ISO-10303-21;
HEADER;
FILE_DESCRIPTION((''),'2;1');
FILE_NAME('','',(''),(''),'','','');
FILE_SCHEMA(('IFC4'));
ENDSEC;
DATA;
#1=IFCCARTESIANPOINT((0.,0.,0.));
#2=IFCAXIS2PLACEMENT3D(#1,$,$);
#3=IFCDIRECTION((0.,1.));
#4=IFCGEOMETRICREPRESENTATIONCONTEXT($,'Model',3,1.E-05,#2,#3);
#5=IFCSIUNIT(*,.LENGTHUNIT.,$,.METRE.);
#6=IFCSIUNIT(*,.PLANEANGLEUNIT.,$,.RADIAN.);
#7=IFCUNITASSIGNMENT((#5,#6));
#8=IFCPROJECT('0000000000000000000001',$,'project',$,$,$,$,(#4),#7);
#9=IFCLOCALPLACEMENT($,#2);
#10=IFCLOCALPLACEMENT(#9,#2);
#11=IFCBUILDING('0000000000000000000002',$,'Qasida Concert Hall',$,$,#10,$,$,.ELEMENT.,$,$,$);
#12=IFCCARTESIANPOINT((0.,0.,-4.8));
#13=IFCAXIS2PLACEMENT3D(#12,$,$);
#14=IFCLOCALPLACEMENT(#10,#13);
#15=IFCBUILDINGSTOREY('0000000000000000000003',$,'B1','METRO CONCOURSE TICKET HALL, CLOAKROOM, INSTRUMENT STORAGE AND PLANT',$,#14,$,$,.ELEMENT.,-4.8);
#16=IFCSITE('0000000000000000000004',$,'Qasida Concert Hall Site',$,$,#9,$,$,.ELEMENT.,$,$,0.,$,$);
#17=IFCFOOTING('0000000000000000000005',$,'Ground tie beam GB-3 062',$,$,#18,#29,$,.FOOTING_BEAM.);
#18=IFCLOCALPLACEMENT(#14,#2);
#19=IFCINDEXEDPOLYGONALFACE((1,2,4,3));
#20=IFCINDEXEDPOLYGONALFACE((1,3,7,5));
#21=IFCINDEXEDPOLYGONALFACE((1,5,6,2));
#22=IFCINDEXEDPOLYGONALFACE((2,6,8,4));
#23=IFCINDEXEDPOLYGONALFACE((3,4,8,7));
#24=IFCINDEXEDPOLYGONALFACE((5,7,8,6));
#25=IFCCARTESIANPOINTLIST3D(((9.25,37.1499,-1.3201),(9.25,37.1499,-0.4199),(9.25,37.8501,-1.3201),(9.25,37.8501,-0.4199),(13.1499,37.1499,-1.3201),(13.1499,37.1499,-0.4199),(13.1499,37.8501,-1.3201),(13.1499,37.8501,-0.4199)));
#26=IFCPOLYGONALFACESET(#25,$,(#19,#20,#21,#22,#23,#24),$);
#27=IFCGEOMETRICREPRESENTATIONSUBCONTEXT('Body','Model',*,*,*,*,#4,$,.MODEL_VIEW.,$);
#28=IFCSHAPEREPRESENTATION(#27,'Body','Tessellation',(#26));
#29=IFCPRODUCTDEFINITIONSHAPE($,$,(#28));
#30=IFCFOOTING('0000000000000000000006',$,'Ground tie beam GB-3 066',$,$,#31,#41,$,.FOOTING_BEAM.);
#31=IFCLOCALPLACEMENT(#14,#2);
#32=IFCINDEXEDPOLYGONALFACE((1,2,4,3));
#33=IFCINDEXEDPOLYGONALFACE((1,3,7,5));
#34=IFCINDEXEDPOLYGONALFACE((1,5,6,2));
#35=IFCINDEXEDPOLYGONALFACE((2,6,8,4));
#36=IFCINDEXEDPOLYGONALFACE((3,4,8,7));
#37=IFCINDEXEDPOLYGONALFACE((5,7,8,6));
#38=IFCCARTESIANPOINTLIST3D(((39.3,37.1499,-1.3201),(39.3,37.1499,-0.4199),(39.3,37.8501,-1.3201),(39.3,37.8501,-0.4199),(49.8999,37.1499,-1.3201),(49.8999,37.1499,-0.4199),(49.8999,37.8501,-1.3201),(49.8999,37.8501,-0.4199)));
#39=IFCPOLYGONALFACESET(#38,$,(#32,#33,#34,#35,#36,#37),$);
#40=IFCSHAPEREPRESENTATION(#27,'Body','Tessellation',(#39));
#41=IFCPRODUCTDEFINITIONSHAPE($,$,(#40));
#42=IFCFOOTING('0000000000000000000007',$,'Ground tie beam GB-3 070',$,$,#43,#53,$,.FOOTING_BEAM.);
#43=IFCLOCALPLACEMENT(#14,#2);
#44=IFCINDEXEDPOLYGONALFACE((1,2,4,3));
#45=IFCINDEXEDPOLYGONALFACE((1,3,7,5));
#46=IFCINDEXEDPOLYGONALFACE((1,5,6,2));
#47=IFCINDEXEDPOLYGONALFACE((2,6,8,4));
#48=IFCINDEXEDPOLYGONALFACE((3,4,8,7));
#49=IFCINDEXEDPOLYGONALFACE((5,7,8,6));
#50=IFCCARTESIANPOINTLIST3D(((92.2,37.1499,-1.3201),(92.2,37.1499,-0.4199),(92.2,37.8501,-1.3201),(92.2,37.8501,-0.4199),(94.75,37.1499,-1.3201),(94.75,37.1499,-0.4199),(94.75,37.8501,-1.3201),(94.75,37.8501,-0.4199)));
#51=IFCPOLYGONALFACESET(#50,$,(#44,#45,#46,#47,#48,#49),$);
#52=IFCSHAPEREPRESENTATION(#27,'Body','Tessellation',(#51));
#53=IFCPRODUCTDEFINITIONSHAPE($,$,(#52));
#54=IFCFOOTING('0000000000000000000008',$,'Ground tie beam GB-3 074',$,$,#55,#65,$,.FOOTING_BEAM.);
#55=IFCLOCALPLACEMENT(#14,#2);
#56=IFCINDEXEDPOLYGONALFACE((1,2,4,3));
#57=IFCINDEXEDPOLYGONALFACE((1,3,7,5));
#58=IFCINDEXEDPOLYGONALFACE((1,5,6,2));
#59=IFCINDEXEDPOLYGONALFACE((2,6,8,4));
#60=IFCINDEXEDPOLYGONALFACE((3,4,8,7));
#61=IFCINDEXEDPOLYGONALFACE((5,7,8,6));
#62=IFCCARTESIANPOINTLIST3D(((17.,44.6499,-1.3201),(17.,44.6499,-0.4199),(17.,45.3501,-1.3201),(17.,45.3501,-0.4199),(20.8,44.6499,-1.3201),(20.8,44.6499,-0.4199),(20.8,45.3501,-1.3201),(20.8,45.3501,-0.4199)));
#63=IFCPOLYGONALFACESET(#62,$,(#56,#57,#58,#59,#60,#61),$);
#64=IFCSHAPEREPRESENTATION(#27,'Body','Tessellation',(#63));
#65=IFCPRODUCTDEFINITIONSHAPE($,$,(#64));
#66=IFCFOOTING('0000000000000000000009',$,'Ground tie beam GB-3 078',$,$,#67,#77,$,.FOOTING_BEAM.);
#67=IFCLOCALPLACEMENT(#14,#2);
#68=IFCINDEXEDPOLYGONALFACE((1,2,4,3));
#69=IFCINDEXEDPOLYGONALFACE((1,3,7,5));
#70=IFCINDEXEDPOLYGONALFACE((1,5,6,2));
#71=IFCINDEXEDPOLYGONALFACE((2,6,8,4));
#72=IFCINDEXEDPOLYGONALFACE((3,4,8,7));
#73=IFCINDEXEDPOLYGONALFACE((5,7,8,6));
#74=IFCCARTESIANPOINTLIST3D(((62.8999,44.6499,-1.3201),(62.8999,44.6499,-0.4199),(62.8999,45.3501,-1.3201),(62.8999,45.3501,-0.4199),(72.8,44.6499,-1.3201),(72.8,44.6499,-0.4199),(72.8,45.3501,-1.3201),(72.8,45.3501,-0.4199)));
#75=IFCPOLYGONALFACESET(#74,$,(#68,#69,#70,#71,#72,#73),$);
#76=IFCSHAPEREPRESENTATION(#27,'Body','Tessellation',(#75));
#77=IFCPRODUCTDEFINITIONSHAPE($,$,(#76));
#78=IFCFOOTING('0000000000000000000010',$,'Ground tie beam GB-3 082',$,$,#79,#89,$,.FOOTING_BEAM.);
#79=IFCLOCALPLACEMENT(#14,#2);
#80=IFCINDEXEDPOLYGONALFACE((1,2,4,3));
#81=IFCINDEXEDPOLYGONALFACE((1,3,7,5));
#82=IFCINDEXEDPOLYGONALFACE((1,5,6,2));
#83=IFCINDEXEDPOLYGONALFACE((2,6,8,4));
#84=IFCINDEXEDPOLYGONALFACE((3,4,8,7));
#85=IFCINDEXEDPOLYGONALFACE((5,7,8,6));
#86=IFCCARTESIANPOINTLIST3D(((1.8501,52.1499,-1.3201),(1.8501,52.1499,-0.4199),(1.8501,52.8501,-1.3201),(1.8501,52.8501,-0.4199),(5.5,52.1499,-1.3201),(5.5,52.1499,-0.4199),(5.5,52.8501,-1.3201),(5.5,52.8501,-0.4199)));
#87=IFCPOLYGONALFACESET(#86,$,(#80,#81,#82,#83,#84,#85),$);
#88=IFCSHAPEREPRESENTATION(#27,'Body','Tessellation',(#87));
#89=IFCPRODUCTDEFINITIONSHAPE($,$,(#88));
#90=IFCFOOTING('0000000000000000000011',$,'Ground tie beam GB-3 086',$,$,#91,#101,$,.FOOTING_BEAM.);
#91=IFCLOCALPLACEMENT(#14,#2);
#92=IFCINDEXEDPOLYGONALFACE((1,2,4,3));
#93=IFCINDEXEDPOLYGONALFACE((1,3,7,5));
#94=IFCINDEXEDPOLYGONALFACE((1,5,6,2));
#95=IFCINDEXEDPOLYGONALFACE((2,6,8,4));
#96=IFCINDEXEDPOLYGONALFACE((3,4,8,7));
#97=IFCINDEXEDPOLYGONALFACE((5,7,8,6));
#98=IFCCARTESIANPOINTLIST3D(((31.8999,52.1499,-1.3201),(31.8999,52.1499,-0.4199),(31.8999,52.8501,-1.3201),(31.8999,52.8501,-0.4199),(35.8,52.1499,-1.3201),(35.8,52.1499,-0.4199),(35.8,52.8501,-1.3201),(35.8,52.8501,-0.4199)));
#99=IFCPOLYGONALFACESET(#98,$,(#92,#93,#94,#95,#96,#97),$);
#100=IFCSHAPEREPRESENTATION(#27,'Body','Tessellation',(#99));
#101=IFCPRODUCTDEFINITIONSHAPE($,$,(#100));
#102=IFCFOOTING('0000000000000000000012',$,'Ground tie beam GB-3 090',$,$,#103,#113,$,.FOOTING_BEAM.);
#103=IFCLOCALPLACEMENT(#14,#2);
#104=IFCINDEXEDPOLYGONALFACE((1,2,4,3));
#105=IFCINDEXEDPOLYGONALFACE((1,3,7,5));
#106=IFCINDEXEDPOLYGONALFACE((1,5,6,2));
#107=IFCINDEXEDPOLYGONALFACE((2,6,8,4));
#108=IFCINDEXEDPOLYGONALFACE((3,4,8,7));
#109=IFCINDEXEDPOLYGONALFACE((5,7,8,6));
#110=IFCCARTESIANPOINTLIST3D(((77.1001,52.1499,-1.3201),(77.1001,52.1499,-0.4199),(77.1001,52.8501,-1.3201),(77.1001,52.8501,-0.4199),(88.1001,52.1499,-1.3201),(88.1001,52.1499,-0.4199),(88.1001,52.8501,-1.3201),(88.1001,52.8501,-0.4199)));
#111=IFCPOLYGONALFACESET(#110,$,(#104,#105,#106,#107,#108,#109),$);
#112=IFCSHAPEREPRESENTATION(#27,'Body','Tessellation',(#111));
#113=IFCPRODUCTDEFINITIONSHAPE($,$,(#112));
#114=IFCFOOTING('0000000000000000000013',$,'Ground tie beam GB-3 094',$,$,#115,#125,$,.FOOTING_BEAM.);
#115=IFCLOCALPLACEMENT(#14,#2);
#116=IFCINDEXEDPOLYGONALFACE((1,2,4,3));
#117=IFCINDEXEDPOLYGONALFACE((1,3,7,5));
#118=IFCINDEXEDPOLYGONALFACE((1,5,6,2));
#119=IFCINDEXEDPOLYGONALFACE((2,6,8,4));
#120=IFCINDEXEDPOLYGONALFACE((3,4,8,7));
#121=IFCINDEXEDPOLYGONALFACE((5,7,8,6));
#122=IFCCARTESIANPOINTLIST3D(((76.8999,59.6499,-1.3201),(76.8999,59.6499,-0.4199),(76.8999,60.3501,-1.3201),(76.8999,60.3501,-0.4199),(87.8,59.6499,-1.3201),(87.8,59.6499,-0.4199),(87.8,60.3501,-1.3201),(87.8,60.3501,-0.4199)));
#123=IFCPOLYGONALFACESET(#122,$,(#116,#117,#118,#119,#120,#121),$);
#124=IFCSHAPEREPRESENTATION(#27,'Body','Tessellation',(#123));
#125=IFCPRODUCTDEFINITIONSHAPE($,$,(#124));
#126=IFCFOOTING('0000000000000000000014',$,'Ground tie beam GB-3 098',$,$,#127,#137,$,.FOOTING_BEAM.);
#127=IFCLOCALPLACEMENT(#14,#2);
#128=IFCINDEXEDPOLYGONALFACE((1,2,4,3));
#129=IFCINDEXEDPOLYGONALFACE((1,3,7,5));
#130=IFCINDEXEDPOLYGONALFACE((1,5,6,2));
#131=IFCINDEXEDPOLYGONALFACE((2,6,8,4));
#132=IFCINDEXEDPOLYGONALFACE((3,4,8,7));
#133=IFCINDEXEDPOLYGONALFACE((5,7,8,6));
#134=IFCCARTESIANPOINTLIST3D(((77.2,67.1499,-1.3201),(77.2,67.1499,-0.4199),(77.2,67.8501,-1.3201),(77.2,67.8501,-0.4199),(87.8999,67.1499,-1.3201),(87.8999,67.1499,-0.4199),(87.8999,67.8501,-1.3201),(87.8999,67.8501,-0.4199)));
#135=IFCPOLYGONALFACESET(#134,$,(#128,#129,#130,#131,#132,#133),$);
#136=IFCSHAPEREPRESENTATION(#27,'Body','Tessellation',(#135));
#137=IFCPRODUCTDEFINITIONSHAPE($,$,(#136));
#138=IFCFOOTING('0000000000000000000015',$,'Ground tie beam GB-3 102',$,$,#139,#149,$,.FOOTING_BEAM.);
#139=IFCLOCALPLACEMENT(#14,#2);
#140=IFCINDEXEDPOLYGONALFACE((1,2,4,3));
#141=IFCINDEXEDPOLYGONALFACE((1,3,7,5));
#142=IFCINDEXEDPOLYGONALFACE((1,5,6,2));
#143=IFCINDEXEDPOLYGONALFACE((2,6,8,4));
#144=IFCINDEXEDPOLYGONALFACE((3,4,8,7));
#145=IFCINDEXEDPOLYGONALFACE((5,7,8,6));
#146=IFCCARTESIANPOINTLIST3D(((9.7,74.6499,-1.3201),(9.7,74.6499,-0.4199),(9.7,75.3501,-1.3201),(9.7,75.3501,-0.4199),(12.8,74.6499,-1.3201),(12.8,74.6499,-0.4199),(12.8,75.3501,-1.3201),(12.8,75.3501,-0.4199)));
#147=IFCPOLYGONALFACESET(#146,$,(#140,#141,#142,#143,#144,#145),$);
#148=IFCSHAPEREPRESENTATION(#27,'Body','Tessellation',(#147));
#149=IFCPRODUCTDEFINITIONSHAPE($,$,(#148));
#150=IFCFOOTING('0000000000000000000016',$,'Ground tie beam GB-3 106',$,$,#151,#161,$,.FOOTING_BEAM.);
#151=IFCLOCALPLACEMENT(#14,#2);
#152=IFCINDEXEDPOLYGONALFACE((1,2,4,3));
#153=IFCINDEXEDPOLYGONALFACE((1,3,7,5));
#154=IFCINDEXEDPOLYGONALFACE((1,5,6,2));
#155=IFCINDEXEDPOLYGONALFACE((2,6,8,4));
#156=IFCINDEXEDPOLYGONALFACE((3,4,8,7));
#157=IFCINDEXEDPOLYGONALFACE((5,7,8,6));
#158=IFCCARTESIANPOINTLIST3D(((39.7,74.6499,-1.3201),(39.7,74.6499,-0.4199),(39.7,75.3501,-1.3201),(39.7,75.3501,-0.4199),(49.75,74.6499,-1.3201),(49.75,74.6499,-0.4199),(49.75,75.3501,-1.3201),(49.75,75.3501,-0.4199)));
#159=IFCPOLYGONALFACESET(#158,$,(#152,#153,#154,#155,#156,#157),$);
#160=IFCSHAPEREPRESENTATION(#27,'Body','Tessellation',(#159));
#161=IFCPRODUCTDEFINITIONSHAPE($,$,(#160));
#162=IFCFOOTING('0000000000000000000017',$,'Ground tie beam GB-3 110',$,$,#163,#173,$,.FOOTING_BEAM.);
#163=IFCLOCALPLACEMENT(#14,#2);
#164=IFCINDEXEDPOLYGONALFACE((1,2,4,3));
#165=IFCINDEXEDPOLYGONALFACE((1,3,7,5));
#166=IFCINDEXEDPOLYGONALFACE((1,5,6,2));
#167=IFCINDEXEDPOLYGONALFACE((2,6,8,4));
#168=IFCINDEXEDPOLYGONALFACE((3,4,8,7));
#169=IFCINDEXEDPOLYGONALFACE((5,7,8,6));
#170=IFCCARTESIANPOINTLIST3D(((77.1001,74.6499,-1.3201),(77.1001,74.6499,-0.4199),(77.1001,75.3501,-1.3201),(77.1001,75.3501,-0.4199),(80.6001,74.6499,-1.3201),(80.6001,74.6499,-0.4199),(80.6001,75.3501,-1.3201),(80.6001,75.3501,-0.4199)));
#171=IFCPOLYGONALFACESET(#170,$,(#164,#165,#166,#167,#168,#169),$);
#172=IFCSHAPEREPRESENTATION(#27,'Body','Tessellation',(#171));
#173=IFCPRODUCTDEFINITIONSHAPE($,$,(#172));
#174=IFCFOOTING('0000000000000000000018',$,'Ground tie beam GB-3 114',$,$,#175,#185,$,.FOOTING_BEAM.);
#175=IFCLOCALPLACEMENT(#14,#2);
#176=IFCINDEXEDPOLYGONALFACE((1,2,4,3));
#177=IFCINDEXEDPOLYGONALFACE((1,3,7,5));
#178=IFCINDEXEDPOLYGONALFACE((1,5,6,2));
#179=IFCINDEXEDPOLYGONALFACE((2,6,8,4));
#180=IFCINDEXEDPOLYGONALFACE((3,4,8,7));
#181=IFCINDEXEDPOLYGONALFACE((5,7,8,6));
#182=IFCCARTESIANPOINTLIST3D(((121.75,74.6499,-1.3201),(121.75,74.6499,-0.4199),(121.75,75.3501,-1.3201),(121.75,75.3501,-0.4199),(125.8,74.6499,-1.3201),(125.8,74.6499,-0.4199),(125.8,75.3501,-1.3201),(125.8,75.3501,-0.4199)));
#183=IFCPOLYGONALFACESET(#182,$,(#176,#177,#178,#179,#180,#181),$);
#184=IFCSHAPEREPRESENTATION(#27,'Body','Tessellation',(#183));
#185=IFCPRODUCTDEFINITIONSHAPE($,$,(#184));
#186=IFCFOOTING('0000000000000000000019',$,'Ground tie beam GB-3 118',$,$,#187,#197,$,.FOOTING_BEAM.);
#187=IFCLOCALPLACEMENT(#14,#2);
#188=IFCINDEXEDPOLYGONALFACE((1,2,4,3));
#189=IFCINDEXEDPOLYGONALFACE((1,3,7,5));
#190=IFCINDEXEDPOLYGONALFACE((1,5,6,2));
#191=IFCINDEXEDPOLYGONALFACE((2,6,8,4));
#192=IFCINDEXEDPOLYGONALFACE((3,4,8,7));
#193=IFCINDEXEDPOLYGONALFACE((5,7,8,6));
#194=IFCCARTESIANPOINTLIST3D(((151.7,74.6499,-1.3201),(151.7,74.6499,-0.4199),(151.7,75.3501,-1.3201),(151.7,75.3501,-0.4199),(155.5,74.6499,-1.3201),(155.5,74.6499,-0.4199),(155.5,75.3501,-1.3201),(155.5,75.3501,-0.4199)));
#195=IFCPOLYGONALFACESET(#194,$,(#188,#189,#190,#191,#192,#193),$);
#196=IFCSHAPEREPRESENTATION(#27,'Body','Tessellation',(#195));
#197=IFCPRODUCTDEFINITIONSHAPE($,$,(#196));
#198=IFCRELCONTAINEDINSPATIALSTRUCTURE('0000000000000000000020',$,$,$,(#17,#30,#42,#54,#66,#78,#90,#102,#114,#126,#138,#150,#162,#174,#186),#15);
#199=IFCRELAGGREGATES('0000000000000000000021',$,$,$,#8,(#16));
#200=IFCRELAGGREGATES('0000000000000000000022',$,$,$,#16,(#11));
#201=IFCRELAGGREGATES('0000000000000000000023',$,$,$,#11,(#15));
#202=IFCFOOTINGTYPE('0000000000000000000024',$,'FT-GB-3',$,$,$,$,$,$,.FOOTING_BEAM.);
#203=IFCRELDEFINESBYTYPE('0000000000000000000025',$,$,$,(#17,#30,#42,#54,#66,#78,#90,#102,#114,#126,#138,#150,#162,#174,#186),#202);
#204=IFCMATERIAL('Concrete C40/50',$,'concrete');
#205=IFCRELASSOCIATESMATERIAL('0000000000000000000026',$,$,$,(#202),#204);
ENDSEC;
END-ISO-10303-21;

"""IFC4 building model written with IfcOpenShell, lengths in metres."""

from ifc_helpers import new_model, si_unit, direction, frame, origin, place, context, subcontext, project, spatial, polyline, outline, extrude, material, type_object, element, save


model = new_model("IFC4")

# Units and contexts
model_context = context("Model", 3, precision=1e-05, world=origin(), true_north=direction((0.0, 1.0)))
body_context = subcontext(model_context, "Body", "Model", "MODEL_VIEW")
ifc_project = project(units=[si_unit("LENGTHUNIT", "METRE"), si_unit("PLANEANGLEUNIT", "RADIAN")], contexts=[model_context])

# Site, building, storey
site_placement = place(None, origin())
site = spatial("IfcSite", under=ifc_project, at=site_placement, Name="Qasida Concert Hall Site", CompositionType="ELEMENT", RefElevation=0.0)
building_placement = place(site_placement, origin())
building = spatial("IfcBuilding", under=site, at=building_placement, Name="Qasida Concert Hall", CompositionType="ELEMENT")
storey_placement = place(building_placement, frame((0.0, 0.0, -4.8)))
storey = spatial("IfcBuildingStorey", under=building, at=storey_placement, Name="B1", Description="METRO CONCOURSE TICKET HALL, CLOAKROOM, INSTRUMENT STORAGE AND PLANT", CompositionType="ELEMENT", Elevation=-4.8)

# Footings
ifc_material = material(Name="Concrete C40/50", Category="concrete")
footing_type_1 = type_object("IfcFootingType", Name="FT-GB-3", PredefinedType="FOOTING_BEAM", material=ifc_material)
footing_1_placement = place(storey_placement, frame((0.0, 0.0, -1.3201)))
element("IfcFooting", 1, at=footing_1_placement, inside=storey, type_object=footing_type_1, Name="Ground tie beam GB-3 062", PredefinedType="FOOTING_BEAM", context=body_context, shape_type="SweptSolid", body=[
    extrude(outline(polyline([(9.25, 37.1499), (13.1499, 37.1499), (13.1499, 37.8501), (9.25, 37.8501), (9.25, 37.1499)])), origin(), (0.0, 0.0, 1.0), 0.9001),
])
footing_2_placement = place(storey_placement, frame((0.0, 0.0, -1.3201)))
element("IfcFooting", 2, at=footing_2_placement, inside=storey, type_object=footing_type_1, Name="Ground tie beam GB-3 066", PredefinedType="FOOTING_BEAM", context=body_context, shape_type="SweptSolid", body=[
    extrude(outline(polyline([(39.3, 37.1499), (49.8999, 37.1499), (49.8999, 37.8501), (39.3, 37.8501), (39.3, 37.1499)])), origin(), (0.0, 0.0, 1.0), 0.9001),
])
footing_3_placement = place(storey_placement, frame((0.0, 0.0, -1.3201)))
element("IfcFooting", 3, at=footing_3_placement, inside=storey, type_object=footing_type_1, Name="Ground tie beam GB-3 070", PredefinedType="FOOTING_BEAM", context=body_context, shape_type="SweptSolid", body=[
    extrude(outline(polyline([(92.2, 37.1499), (94.75, 37.1499), (94.75, 37.8501), (92.2, 37.8501), (92.2, 37.1499)])), origin(), (0.0, 0.0, 1.0), 0.9001),
])
footing_4_placement = place(storey_placement, frame((0.0, 0.0, -1.3201)))
element("IfcFooting", 4, at=footing_4_placement, inside=storey, type_object=footing_type_1, Name="Ground tie beam GB-3 074", PredefinedType="FOOTING_BEAM", context=body_context, shape_type="SweptSolid", body=[
    extrude(outline(polyline([(17.0, 44.6499), (20.8, 44.6499), (20.8, 45.3501), (17.0, 45.3501), (17.0, 44.6499)])), origin(), (0.0, 0.0, 1.0), 0.9001),
])
footing_5_placement = place(storey_placement, frame((0.0, 0.0, -1.3201)))
element("IfcFooting", 5, at=footing_5_placement, inside=storey, type_object=footing_type_1, Name="Ground tie beam GB-3 078", PredefinedType="FOOTING_BEAM", context=body_context, shape_type="SweptSolid", body=[
    extrude(outline(polyline([(62.8999, 44.6499), (72.8, 44.6499), (72.8, 45.3501), (62.8999, 45.3501), (62.8999, 44.6499)])), origin(), (0.0, 0.0, 1.0), 0.9001),
])
footing_6_placement = place(storey_placement, frame((0.0, 0.0, -1.3201)))
element("IfcFooting", 6, at=footing_6_placement, inside=storey, type_object=footing_type_1, Name="Ground tie beam GB-3 082", PredefinedType="FOOTING_BEAM", context=body_context, shape_type="SweptSolid", body=[
    extrude(outline(polyline([(1.8501, 52.1499), (5.5, 52.1499), (5.5, 52.8501), (1.8501, 52.8501), (1.8501, 52.1499)])), origin(), (0.0, 0.0, 1.0), 0.9001),
])
footing_7_placement = place(storey_placement, frame((0.0, 0.0, -1.3201)))
element("IfcFooting", 7, at=footing_7_placement, inside=storey, type_object=footing_type_1, Name="Ground tie beam GB-3 086", PredefinedType="FOOTING_BEAM", context=body_context, shape_type="SweptSolid", body=[
    extrude(outline(polyline([(31.8999, 52.1499), (35.8, 52.1499), (35.8, 52.8501), (31.8999, 52.8501), (31.8999, 52.1499)])), origin(), (0.0, 0.0, 1.0), 0.9001),
])
footing_8_placement = place(storey_placement, frame((0.0, 0.0, -1.3201)))
element("IfcFooting", 8, at=footing_8_placement, inside=storey, type_object=footing_type_1, Name="Ground tie beam GB-3 090", PredefinedType="FOOTING_BEAM", context=body_context, shape_type="SweptSolid", body=[
    extrude(outline(polyline([(77.1001, 52.1499), (88.1001, 52.1499), (88.1001, 52.8501), (77.1001, 52.8501), (77.1001, 52.1499)])), origin(), (0.0, 0.0, 1.0), 0.9001),
])
footing_9_placement = place(storey_placement, frame((0.0, 0.0, -1.3201)))
element("IfcFooting", 9, at=footing_9_placement, inside=storey, type_object=footing_type_1, Name="Ground tie beam GB-3 094", PredefinedType="FOOTING_BEAM", context=body_context, shape_type="SweptSolid", body=[
    extrude(outline(polyline([(76.8999, 59.6499), (87.8, 59.6499), (87.8, 60.3501), (76.8999, 60.3501), (76.8999, 59.6499)])), origin(), (0.0, 0.0, 1.0), 0.9001),
])
footing_10_placement = place(storey_placement, frame((0.0, 0.0, -1.3201)))
element("IfcFooting", 10, at=footing_10_placement, inside=storey, type_object=footing_type_1, Name="Ground tie beam GB-3 098", PredefinedType="FOOTING_BEAM", context=body_context, shape_type="SweptSolid", body=[
    extrude(outline(polyline([(77.2, 67.1499), (87.8999, 67.1499), (87.8999, 67.8501), (77.2, 67.8501), (77.2, 67.1499)])), origin(), (0.0, 0.0, 1.0), 0.9001),
])
footing_11_placement = place(storey_placement, frame((0.0, 0.0, -1.3201)))
element("IfcFooting", 11, at=footing_11_placement, inside=storey, type_object=footing_type_1, Name="Ground tie beam GB-3 102", PredefinedType="FOOTING_BEAM", context=body_context, shape_type="SweptSolid", body=[
    extrude(outline(polyline([(9.7, 74.6499), (12.8, 74.6499), (12.8, 75.3501), (9.7, 75.3501), (9.7, 74.6499)])), origin(), (0.0, 0.0, 1.0), 0.9001),
])
footing_12_placement = place(storey_placement, frame((0.0, 0.0, -1.3201)))
element("IfcFooting", 12, at=footing_12_placement, inside=storey, type_object=footing_type_1, Name="Ground tie beam GB-3 106", PredefinedType="FOOTING_BEAM", context=body_context, shape_type="SweptSolid", body=[
    extrude(outline(polyline([(39.7, 74.6499), (49.75, 74.6499), (49.75, 75.3501), (39.7, 75.3501), (39.7, 74.6499)])), origin(), (0.0, 0.0, 1.0), 0.9001),
])
footing_13_placement = place(storey_placement, frame((0.0, 0.0, -1.3201)))
element("IfcFooting", 13, at=footing_13_placement, inside=storey, type_object=footing_type_1, Name="Ground tie beam GB-3 110", PredefinedType="FOOTING_BEAM", context=body_context, shape_type="SweptSolid", body=[
    extrude(outline(polyline([(77.1001, 74.6499), (80.6001, 74.6499), (80.6001, 75.3501), (77.1001, 75.3501), (77.1001, 74.6499)])), origin(), (0.0, 0.0, 1.0), 0.9001),
])
footing_14_placement = place(storey_placement, frame((0.0, 0.0, -1.3201)))
element("IfcFooting", 14, at=footing_14_placement, inside=storey, type_object=footing_type_1, Name="Ground tie beam GB-3 114", PredefinedType="FOOTING_BEAM", context=body_context, shape_type="SweptSolid", body=[
    extrude(outline(polyline([(121.75, 74.6499), (125.8, 74.6499), (125.8, 75.3501), (121.75, 75.3501), (121.75, 74.6499)])), origin(), (0.0, 0.0, 1.0), 0.9001),
])
footing_15_placement = place(storey_placement, frame((0.0, 0.0, -1.3201)))
element("IfcFooting", 15, at=footing_15_placement, inside=storey, type_object=footing_type_1, Name="Ground tie beam GB-3 118", PredefinedType="FOOTING_BEAM", context=body_context, shape_type="SweptSolid", body=[
    extrude(outline(polyline([(151.7, 74.6499), (155.5, 74.6499), (155.5, 75.3501), (151.7, 75.3501), (151.7, 74.6499)])), origin(), (0.0, 0.0, 1.0), 0.9001),
])

save(model, "model.ifc")
